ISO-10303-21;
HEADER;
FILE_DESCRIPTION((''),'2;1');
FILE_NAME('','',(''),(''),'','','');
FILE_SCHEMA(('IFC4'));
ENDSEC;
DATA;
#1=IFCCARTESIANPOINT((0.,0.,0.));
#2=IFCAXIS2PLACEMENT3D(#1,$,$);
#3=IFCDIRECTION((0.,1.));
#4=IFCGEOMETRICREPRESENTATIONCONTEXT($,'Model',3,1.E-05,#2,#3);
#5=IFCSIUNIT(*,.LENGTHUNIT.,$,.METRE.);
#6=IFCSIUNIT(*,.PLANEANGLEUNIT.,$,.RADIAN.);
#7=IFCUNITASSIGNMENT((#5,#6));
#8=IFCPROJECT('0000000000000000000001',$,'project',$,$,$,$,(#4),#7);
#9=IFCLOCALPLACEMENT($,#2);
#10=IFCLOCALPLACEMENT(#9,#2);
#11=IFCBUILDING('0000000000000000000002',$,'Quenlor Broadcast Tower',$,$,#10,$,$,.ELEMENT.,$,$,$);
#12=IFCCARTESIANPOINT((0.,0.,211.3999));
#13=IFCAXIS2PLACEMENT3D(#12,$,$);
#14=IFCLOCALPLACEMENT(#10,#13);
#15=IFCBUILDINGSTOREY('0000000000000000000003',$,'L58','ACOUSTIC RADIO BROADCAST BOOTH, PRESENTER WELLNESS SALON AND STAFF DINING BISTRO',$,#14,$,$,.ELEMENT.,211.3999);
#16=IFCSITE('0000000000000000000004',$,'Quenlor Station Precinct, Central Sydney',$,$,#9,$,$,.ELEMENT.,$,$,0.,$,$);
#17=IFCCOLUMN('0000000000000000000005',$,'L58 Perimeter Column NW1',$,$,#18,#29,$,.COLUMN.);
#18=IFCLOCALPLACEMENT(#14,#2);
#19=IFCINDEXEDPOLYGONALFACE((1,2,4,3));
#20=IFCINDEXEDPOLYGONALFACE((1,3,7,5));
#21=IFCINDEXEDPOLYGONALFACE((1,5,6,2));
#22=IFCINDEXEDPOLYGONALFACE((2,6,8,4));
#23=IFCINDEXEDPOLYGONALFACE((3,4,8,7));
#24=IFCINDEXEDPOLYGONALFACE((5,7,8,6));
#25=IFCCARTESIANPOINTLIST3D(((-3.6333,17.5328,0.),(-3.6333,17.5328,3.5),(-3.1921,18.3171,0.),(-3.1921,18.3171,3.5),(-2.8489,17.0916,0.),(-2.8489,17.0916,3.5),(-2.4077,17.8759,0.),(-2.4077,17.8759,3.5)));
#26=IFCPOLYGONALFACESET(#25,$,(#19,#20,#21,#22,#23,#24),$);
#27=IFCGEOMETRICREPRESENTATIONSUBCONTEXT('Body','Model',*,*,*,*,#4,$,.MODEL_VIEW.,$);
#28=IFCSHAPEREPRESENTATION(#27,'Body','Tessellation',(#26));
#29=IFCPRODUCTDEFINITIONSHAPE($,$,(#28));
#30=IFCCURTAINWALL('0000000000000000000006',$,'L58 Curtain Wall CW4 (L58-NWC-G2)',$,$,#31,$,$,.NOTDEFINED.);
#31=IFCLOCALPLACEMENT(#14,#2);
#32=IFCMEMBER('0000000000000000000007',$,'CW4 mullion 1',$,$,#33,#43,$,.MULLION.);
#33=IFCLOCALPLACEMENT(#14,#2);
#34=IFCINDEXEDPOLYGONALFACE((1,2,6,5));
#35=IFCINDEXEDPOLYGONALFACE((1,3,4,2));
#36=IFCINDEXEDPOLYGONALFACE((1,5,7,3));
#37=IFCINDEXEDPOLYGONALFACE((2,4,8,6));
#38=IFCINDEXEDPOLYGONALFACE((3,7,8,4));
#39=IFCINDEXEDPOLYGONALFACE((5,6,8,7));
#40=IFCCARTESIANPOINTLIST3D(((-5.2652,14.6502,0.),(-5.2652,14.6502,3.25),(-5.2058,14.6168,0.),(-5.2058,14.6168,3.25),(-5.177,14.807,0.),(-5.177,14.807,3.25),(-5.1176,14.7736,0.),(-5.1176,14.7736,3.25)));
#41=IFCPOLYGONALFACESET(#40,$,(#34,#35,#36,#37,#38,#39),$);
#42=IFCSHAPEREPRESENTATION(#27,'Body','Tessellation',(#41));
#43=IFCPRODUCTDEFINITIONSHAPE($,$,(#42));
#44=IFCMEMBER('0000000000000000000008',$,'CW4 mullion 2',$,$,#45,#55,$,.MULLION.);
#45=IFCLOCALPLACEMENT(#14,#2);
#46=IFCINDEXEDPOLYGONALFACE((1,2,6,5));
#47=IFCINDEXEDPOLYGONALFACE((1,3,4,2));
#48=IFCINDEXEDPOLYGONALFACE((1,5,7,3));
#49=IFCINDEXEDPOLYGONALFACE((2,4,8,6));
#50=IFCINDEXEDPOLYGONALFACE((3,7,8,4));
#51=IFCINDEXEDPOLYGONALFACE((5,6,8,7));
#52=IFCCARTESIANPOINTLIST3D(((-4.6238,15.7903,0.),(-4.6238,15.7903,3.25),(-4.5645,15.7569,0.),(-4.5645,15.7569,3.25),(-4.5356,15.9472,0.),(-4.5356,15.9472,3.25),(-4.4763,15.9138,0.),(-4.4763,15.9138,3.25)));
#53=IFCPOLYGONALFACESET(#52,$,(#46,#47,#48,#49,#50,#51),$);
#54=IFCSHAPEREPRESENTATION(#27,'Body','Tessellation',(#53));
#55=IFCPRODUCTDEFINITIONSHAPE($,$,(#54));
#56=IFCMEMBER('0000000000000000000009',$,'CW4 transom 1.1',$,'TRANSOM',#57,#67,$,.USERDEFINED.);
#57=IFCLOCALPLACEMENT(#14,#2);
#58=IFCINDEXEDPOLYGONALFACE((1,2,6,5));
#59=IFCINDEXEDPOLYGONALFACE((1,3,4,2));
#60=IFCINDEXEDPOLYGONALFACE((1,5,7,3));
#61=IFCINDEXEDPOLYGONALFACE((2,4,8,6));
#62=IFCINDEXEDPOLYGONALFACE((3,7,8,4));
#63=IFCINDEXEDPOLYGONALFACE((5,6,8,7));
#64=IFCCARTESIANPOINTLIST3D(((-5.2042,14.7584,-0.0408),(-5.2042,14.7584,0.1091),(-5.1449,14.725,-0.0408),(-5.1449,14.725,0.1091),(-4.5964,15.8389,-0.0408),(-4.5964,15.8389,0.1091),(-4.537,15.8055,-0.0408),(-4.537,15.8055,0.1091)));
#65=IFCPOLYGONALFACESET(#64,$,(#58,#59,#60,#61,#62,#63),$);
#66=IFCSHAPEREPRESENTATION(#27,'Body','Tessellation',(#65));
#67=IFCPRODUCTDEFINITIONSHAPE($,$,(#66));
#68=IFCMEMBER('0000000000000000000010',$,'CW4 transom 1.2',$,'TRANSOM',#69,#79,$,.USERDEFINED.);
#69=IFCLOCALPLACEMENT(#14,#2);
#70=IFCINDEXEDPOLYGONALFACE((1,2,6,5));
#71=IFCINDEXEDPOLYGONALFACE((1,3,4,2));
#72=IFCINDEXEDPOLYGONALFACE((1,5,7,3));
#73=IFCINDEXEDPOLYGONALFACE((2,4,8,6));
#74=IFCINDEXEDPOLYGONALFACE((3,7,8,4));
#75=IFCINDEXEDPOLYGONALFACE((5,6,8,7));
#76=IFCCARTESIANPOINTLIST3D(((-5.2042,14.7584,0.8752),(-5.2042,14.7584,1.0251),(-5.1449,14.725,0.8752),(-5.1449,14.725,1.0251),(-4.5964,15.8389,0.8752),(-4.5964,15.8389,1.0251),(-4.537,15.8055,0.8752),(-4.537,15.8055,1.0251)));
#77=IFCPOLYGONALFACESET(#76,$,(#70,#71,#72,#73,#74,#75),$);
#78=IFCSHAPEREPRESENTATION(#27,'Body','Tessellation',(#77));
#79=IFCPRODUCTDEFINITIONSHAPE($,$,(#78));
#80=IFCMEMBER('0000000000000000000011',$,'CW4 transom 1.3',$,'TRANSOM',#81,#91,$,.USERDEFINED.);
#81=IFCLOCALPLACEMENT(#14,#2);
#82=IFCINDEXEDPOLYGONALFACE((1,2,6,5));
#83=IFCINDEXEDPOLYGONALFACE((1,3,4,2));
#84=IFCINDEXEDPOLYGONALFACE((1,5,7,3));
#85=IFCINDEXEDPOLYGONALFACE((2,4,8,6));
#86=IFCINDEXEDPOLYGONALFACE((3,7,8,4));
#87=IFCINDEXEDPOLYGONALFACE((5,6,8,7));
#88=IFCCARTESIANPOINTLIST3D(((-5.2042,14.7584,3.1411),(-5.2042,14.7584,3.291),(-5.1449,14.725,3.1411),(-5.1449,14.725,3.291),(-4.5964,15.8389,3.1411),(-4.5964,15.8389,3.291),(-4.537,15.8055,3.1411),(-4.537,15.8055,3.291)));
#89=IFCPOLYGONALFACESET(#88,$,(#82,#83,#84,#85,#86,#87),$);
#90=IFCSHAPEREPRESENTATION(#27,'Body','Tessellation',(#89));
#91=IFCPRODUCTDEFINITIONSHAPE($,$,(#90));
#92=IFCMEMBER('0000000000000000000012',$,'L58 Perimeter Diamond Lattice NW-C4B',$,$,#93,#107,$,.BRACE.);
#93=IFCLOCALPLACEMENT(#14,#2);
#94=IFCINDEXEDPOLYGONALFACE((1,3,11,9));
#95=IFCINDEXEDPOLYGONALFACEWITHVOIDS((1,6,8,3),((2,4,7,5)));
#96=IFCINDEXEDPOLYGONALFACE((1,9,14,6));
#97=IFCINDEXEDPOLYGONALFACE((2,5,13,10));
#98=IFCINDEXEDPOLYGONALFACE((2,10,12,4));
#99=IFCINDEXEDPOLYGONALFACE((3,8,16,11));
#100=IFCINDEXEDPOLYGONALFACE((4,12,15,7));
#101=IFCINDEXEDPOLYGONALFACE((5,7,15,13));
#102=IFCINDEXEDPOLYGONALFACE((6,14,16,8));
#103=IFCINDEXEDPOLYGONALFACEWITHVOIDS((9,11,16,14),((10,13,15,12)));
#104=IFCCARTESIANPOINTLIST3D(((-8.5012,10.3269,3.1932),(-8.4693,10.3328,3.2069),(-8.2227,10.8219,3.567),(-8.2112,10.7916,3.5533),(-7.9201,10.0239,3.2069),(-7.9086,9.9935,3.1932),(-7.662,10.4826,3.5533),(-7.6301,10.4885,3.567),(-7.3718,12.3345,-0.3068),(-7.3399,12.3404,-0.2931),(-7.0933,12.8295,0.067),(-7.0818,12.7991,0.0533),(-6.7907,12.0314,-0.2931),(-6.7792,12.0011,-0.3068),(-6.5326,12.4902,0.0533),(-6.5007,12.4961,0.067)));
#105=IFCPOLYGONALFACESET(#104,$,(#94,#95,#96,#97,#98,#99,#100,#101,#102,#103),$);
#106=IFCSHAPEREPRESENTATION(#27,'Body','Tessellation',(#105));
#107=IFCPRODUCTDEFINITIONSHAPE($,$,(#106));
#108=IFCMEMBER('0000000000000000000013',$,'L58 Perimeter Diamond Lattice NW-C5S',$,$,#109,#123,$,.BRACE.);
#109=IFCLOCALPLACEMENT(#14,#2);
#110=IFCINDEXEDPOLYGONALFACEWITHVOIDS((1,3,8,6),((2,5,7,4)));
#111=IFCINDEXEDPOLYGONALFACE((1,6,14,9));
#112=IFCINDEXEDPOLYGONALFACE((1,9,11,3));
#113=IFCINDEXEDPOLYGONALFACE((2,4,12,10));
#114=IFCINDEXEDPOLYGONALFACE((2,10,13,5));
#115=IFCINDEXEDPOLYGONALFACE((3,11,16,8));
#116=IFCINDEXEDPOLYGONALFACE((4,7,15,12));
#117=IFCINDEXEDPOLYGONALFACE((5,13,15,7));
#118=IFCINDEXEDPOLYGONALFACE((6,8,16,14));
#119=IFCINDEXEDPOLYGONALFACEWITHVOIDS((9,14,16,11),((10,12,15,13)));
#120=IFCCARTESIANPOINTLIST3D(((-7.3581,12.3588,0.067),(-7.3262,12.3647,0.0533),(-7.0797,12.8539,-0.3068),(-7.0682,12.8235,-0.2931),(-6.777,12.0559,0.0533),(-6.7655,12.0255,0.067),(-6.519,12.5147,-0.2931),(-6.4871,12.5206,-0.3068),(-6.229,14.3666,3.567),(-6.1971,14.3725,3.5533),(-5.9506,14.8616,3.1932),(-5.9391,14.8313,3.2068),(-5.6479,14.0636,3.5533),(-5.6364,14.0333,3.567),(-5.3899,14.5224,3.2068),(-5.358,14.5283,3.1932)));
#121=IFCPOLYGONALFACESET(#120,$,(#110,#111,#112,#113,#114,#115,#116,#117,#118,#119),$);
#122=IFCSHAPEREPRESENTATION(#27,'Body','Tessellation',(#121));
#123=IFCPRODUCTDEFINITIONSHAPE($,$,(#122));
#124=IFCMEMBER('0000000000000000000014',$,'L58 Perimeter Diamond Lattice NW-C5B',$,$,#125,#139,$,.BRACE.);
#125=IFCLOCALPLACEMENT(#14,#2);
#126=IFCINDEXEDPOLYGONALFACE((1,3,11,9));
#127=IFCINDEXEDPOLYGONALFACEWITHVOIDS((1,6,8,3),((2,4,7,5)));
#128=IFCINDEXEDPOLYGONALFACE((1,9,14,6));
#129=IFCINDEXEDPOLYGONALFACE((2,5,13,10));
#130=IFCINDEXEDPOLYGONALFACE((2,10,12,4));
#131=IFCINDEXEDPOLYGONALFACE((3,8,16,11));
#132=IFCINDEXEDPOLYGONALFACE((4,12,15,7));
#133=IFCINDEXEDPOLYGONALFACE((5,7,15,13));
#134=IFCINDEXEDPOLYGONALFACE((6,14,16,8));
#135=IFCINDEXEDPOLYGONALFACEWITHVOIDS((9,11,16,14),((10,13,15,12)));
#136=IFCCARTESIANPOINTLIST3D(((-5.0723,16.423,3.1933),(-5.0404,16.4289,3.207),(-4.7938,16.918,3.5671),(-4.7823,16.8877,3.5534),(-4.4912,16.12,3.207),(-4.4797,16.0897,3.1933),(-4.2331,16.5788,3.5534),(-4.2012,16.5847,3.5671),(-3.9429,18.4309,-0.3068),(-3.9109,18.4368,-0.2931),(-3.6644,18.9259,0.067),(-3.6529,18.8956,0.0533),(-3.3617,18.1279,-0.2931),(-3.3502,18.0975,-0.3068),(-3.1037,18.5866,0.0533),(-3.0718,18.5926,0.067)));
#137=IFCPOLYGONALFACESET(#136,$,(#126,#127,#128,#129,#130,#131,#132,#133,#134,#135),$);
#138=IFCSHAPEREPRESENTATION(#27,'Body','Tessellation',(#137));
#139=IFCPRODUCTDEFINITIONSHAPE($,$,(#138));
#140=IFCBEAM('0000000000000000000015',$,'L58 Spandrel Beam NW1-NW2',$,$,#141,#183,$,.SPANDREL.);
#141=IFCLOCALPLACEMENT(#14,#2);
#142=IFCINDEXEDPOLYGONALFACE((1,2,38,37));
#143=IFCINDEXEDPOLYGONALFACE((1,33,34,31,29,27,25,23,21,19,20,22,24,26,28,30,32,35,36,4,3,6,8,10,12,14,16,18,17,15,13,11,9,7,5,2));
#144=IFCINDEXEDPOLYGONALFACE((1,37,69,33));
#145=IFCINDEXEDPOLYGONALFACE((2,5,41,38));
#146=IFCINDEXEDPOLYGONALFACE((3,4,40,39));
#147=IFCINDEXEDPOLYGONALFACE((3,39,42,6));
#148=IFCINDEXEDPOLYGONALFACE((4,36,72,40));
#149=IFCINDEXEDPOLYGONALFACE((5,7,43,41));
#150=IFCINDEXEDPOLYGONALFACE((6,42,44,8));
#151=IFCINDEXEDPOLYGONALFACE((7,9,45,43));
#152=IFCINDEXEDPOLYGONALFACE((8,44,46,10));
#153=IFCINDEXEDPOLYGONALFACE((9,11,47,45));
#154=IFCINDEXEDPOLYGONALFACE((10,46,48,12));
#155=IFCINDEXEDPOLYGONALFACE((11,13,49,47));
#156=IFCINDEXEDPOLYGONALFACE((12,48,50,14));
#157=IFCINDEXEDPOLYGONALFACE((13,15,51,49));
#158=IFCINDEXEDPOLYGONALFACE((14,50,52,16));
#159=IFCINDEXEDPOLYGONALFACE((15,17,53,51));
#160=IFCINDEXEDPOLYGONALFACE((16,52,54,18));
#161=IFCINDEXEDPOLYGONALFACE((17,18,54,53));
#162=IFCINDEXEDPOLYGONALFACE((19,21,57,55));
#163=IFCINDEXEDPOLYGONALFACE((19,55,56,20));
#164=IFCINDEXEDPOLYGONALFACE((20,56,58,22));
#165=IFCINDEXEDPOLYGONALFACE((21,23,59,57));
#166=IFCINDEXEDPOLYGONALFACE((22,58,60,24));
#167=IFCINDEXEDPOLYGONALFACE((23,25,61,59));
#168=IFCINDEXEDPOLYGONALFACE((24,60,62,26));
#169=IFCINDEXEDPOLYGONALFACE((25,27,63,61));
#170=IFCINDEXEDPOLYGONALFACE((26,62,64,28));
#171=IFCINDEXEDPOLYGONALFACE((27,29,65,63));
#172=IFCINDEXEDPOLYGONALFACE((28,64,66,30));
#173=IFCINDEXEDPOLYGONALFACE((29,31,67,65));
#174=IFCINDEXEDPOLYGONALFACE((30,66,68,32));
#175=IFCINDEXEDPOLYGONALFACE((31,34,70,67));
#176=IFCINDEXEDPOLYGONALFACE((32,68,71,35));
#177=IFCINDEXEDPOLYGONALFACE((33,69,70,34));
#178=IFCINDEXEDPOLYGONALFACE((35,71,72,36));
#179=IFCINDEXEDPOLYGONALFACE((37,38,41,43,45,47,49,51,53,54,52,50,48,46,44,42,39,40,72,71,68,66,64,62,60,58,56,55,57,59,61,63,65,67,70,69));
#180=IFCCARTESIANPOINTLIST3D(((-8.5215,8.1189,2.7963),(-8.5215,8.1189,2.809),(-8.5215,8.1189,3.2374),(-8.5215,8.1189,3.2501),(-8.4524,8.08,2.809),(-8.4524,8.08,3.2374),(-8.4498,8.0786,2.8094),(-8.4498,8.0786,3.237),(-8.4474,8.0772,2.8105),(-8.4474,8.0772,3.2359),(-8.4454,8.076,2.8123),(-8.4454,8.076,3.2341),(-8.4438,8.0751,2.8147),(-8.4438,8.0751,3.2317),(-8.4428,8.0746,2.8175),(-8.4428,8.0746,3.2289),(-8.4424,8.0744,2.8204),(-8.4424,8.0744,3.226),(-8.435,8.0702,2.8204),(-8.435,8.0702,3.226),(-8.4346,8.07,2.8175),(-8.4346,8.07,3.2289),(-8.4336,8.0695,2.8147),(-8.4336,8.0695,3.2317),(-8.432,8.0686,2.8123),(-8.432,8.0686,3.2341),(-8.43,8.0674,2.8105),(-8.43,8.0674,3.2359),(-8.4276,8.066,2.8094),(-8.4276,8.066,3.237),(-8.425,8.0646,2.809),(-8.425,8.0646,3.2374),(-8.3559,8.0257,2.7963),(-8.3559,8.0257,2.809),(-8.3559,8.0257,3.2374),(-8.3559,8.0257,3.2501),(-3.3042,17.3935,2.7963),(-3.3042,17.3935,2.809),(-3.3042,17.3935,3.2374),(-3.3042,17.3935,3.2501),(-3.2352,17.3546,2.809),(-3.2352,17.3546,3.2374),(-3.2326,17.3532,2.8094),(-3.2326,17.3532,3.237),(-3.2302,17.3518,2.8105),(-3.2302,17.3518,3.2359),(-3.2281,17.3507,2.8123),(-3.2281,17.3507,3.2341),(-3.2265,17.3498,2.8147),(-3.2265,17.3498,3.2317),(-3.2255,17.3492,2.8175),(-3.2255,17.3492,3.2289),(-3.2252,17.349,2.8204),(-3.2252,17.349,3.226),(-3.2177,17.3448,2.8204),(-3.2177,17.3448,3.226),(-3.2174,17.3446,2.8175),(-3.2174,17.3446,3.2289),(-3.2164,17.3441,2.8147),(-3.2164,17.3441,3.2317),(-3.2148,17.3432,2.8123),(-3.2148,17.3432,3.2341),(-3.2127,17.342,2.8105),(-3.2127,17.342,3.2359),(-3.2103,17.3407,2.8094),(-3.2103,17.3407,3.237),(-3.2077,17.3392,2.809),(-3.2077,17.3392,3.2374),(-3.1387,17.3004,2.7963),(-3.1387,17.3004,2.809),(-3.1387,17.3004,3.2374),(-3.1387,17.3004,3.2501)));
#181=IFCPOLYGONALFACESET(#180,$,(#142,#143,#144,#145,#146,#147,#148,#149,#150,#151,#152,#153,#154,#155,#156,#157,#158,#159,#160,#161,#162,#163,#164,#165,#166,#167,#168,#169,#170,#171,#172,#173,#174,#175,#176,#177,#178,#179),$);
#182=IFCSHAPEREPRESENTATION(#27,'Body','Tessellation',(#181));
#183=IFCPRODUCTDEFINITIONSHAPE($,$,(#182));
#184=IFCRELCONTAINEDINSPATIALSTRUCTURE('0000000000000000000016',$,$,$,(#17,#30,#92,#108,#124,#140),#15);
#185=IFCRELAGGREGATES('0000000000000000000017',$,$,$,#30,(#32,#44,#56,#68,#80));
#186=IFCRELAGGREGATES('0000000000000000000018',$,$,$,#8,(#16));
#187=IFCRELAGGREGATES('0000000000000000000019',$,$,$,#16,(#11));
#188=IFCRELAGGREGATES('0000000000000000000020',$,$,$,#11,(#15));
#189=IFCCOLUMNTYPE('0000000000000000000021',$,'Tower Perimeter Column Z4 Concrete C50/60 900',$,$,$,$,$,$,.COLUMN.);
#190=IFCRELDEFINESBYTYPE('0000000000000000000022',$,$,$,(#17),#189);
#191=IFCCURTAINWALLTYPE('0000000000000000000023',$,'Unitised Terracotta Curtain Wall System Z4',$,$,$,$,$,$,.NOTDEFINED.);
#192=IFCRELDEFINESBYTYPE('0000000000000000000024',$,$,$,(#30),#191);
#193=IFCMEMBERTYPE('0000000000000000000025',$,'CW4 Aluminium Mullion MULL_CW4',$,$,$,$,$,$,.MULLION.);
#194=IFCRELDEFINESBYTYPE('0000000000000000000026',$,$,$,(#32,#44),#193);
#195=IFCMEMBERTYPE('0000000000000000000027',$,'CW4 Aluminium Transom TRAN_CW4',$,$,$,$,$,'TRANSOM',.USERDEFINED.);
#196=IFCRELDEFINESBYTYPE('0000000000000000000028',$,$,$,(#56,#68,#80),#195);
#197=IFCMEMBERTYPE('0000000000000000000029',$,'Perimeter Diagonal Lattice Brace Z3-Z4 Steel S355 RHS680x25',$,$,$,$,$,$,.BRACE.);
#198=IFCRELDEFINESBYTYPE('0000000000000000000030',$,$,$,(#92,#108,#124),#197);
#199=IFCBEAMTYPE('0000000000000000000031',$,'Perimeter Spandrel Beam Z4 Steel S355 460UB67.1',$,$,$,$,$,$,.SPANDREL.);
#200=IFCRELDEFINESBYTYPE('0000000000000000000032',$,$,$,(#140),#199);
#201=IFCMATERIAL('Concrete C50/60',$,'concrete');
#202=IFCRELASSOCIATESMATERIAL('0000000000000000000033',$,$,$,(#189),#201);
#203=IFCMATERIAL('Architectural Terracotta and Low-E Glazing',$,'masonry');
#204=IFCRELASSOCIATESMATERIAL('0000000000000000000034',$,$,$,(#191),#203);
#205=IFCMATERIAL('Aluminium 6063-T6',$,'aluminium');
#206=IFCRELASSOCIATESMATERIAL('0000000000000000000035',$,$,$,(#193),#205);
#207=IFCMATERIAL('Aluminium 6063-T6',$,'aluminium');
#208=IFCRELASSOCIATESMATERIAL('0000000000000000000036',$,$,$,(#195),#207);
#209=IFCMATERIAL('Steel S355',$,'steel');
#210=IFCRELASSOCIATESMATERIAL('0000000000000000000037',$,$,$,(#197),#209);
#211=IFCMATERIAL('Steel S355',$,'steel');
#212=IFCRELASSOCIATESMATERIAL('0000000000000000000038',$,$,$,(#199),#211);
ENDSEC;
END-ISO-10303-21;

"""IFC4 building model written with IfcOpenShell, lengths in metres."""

from ifc_helpers import new_model, si_unit, direction, frame, origin, origin_2d, place, context, subcontext, project, spatial, rectangle, hollow_rectangle, i_section, extrude, material, material_profile, profile_set, type_object, element, aggregate, save


model = new_model("IFC4")

# Units and contexts
model_context = context("Model", 3, precision=1e-05, world=origin(), true_north=direction((0.0, 1.0)))
body_context = subcontext(model_context, "Body", "Model", "MODEL_VIEW")
ifc_project = project(units=[si_unit("LENGTHUNIT", "METRE"), si_unit("PLANEANGLEUNIT", "RADIAN")], contexts=[model_context])

# Site, building, storey
site_placement = place(None, origin())
site = spatial("IfcSite", under=ifc_project, at=site_placement, Name="Quenlor Station Precinct, Central Sydney", CompositionType="ELEMENT", RefElevation=0.0)
building_placement = place(site_placement, origin())
building = spatial("IfcBuilding", under=site, at=building_placement, Name="Quenlor Broadcast Tower", CompositionType="ELEMENT")
storey_placement = place(building_placement, frame((0.0, 0.0, 211.3999)))
storey = spatial("IfcBuildingStorey", under=building, at=storey_placement, Name="L58", Description="ACOUSTIC RADIO BROADCAST BOOTH, PRESENTER WELLNESS SALON AND STAFF DINING BISTRO", CompositionType="ELEMENT", Elevation=211.3999)

# Column
ifc_material_1 = material(Name="Concrete C50/60", Category="concrete")
ifc_material_profile_1 = material_profile(ifc_material_1, rectangle(XDim=0.8999, YDim=0.8999, at=origin_2d()))
ifc_profile_set_1 = profile_set([ifc_material_profile_1], Name="Concrete C50/60 RC900x900")
column_type = type_object("IfcColumnType", Name="Tower Perimeter Column Z4 Concrete C50/60 900", PredefinedType="COLUMN", material=ifc_profile_set_1)
column_placement = place(storey_placement, frame((-3.0205, 17.7043, 0.0), z_axis=(0.0, 0.0, 1.0), x_axis=(-0.871575, 0.490262, 0.0)))
element("IfcColumn", 1, at=column_placement, inside=storey, type_object=column_type, Name="L58 Perimeter Column NW1", PredefinedType="COLUMN", context=body_context, shape_type="SweptSolid", body=[
    extrude(rectangle(XDim=0.8999, YDim=0.8999, at=origin_2d()), origin(), (0.0, 0.0, 1.0), 3.5),
])

# Curtain wall, members
ifc_material_2 = material(Name="Architectural Terracotta and Low-E Glazing", Category="masonry")
curtain_wall_type = type_object("IfcCurtainWallType", Name="Unitised Terracotta Curtain Wall System Z4", PredefinedType="NOTDEFINED", material=ifc_material_2)
curtain_wall_placement = place(storey_placement, origin())
curtain_wall = element("IfcCurtainWall", 2, at=curtain_wall_placement, inside=storey, type_object=curtain_wall_type, Name="L58 Curtain Wall CW4 (L58-NWC-G2)", PredefinedType="NOTDEFINED")
ifc_material_3 = material(Name="Aluminium 6063-T6", Category="aluminium")
ifc_material_profile_2 = material_profile(ifc_material_3, rectangle(XDim=0.0681, YDim=0.1799, at=origin_2d()))
ifc_profile_set_2 = profile_set([ifc_material_profile_2], Name="Aluminium 6063-T6 MULL68x180")
member_type_1 = type_object("IfcMemberType", Name="CW4 Aluminium Mullion MULL_CW4", PredefinedType="MULLION", material=ifc_profile_set_2)
member_1_placement = place(storey_placement, frame((-5.1914, 14.7119, 0.0), z_axis=(0.0, 0.0, 1.0), x_axis=(-0.87156, 0.490289, 0.0)))
member_1 = element("IfcMember", 3, at=member_1_placement, type_object=member_type_1, Name="CW4 mullion 1", PredefinedType="MULLION", context=body_context, shape_type="SweptSolid", body=[
    extrude(rectangle(XDim=0.0681, YDim=0.1799, at=origin_2d()), origin(), (0.0, 0.0, 1.0), 3.25),
])
member_2_placement = place(storey_placement, frame((-4.55, 15.8521, 0.0), z_axis=(0.0, 0.0, 1.0), x_axis=(-0.87156, 0.490289, 0.0)))
member_2 = element("IfcMember", 4, at=member_2_placement, type_object=member_type_1, Name="CW4 mullion 2", PredefinedType="MULLION", context=body_context, shape_type="SweptSolid", body=[
    extrude(rectangle(XDim=0.0681, YDim=0.1799, at=origin_2d()), origin(), (0.0, 0.0, 1.0), 3.25),
])
ifc_material_4 = material(Name="Aluminium 6063-T6", Category="aluminium")
ifc_material_profile_3 = material_profile(ifc_material_4, rectangle(XDim=0.0681, YDim=0.1499, at=origin_2d()))
ifc_profile_set_3 = profile_set([ifc_material_profile_3], Name="Aluminium 6063-T6 TRAN68x150")
member_type_2 = type_object("IfcMemberType", Name="CW4 Aluminium Transom TRAN_CW4", ElementType="TRANSOM", PredefinedType="USERDEFINED", material=ifc_profile_set_3)
member_3_placement = place(storey_placement, frame((-5.1746, 14.7417, 0.0342), z_axis=(0.490317, 0.871544, 0.0), x_axis=(-0.871544, 0.490317, 0.0)))
member_3 = element("IfcMember", 5, at=member_3_placement, type_object=member_type_2, Name="CW4 transom 1.1", ObjectType="TRANSOM", PredefinedType="USERDEFINED", context=body_context, shape_type="SweptSolid", body=[
    extrude(rectangle(XDim=0.0681, YDim=0.1499, at=origin_2d()), origin(), (0.0, 0.0, 1.0), 1.2397),
])
member_4_placement = place(storey_placement, frame((-5.1746, 14.7417, 0.9502), z_axis=(0.490317, 0.871544, 0.0), x_axis=(-0.871544, 0.490317, 0.0)))
member_4 = element("IfcMember", 6, at=member_4_placement, type_object=member_type_2, Name="CW4 transom 1.2", ObjectType="TRANSOM", PredefinedType="USERDEFINED", context=body_context, shape_type="SweptSolid", body=[
    extrude(rectangle(XDim=0.0681, YDim=0.1499, at=origin_2d()), origin(), (0.0, 0.0, 1.0), 1.2397),
])
member_5_placement = place(storey_placement, frame((-5.1746, 14.7417, 3.2161), z_axis=(0.490317, 0.871544, 0.0), x_axis=(-0.871544, 0.490317, 0.0)))
member_5 = element("IfcMember", 7, at=member_5_placement, type_object=member_type_2, Name="CW4 transom 1.3", ObjectType="TRANSOM", PredefinedType="USERDEFINED", context=body_context, shape_type="SweptSolid", body=[
    extrude(rectangle(XDim=0.0681, YDim=0.1499, at=origin_2d()), origin(), (0.0, 0.0, 1.0), 1.2397),
])

# Members
ifc_material_5 = material(Name="Steel S355", Category="steel")
ifc_material_profile_4 = material_profile(ifc_material_5, hollow_rectangle(XDim=0.6799, YDim=0.6799, WallThickness=0.0249, at=origin_2d()))
ifc_profile_set_4 = profile_set([ifc_material_profile_4], Name="Steel S355 RHS680x680x25")
member_type_3 = type_object("IfcMemberType", Name="Perimeter Diagonal Lattice Brace Z3-Z4 Steel S355 RHS680x25", PredefinedType="BRACE", material=ifc_profile_set_4)
for number, where, z_axis, x_axis, name in (
    (8, (-6.9363, 12.4153, -0.1199), (-0.269547, -0.479136, 0.835328), (0.87155, -0.490307, 0.0), "L58 Perimeter Diamond Lattice NW-C4B"),
    (9, (-6.9226, 12.4397, -0.1199), (0.269485, 0.479189, 0.835318), (-0.871621, 0.490181, 0.0), "L58 Perimeter Diamond Lattice NW-C5S"),
):
    element("IfcMember", number, at=place(storey_placement, frame(where, z_axis=z_axis, x_axis=x_axis)), inside=storey, type_object=member_type_3, Name=name, PredefinedType="BRACE", context=body_context, shape_type="SweptSolid", body=[
        extrude(hollow_rectangle(XDim=0.6799, YDim=0.6799, WallThickness=0.0249, at=origin_2d()), origin(), (0.0, 0.0, 1.0), 4.1899),
    ])
member_6_placement = place(storey_placement, frame((-3.5073, 18.5117, -0.1199), z_axis=(-0.26954, -0.479181, 0.835305), x_axis=(0.871576, -0.490261, 0.0)))
element("IfcMember", 10, at=member_6_placement, inside=storey, type_object=member_type_3, Name="L58 Perimeter Diamond Lattice NW-C5B", PredefinedType="BRACE", context=body_context, shape_type="SweptSolid", body=[
    extrude(hollow_rectangle(XDim=0.6799, YDim=0.6799, WallThickness=0.0249, at=origin_2d()), origin(), (0.0, 0.0, 1.0), 4.1902),
])

# Beam
ifc_material_6 = material(Name="Steel S355", Category="steel")
ifc_material_profile_5 = material_profile(ifc_material_6, i_section(OverallWidth=0.1899, OverallDepth=0.4539, WebThickness=0.0085, FlangeThickness=0.0127, FilletRadius=0.0115, at=origin_2d()))
ifc_profile_set_5 = profile_set([ifc_material_profile_5], Name="Steel S355 460UB67.1")
beam_type_1 = type_object("IfcBeamType", Name="Perimeter Spandrel Beam Z4 Steel S355 460UB67.1", PredefinedType="SPANDREL", material=ifc_profile_set_5)
beam_1_placement = place(storey_placement, frame((-3.2214, 17.3469, 3.0232), z_axis=(-0.490282, -0.871564, 0.0), x_axis=(0.871564, -0.490282, 0.0)))
element("IfcBeam", 11, at=beam_1_placement, inside=storey, type_object=beam_type_1, Name="L58 Spandrel Beam NW1-NW2", PredefinedType="SPANDREL", context=body_context, shape_type="SweptSolid", body=[
    extrude(i_section(OverallWidth=0.1899, OverallDepth=0.4539, WebThickness=0.0085, FlangeThickness=0.0127, FilletRadius=0.0115, at=origin_2d()), origin(), (0.0, 0.0, 1.0), 10.6414),
])

aggregate(curtain_wall, [member_1, member_2, member_3, member_4, member_5])

save(model, "model.ifc")
